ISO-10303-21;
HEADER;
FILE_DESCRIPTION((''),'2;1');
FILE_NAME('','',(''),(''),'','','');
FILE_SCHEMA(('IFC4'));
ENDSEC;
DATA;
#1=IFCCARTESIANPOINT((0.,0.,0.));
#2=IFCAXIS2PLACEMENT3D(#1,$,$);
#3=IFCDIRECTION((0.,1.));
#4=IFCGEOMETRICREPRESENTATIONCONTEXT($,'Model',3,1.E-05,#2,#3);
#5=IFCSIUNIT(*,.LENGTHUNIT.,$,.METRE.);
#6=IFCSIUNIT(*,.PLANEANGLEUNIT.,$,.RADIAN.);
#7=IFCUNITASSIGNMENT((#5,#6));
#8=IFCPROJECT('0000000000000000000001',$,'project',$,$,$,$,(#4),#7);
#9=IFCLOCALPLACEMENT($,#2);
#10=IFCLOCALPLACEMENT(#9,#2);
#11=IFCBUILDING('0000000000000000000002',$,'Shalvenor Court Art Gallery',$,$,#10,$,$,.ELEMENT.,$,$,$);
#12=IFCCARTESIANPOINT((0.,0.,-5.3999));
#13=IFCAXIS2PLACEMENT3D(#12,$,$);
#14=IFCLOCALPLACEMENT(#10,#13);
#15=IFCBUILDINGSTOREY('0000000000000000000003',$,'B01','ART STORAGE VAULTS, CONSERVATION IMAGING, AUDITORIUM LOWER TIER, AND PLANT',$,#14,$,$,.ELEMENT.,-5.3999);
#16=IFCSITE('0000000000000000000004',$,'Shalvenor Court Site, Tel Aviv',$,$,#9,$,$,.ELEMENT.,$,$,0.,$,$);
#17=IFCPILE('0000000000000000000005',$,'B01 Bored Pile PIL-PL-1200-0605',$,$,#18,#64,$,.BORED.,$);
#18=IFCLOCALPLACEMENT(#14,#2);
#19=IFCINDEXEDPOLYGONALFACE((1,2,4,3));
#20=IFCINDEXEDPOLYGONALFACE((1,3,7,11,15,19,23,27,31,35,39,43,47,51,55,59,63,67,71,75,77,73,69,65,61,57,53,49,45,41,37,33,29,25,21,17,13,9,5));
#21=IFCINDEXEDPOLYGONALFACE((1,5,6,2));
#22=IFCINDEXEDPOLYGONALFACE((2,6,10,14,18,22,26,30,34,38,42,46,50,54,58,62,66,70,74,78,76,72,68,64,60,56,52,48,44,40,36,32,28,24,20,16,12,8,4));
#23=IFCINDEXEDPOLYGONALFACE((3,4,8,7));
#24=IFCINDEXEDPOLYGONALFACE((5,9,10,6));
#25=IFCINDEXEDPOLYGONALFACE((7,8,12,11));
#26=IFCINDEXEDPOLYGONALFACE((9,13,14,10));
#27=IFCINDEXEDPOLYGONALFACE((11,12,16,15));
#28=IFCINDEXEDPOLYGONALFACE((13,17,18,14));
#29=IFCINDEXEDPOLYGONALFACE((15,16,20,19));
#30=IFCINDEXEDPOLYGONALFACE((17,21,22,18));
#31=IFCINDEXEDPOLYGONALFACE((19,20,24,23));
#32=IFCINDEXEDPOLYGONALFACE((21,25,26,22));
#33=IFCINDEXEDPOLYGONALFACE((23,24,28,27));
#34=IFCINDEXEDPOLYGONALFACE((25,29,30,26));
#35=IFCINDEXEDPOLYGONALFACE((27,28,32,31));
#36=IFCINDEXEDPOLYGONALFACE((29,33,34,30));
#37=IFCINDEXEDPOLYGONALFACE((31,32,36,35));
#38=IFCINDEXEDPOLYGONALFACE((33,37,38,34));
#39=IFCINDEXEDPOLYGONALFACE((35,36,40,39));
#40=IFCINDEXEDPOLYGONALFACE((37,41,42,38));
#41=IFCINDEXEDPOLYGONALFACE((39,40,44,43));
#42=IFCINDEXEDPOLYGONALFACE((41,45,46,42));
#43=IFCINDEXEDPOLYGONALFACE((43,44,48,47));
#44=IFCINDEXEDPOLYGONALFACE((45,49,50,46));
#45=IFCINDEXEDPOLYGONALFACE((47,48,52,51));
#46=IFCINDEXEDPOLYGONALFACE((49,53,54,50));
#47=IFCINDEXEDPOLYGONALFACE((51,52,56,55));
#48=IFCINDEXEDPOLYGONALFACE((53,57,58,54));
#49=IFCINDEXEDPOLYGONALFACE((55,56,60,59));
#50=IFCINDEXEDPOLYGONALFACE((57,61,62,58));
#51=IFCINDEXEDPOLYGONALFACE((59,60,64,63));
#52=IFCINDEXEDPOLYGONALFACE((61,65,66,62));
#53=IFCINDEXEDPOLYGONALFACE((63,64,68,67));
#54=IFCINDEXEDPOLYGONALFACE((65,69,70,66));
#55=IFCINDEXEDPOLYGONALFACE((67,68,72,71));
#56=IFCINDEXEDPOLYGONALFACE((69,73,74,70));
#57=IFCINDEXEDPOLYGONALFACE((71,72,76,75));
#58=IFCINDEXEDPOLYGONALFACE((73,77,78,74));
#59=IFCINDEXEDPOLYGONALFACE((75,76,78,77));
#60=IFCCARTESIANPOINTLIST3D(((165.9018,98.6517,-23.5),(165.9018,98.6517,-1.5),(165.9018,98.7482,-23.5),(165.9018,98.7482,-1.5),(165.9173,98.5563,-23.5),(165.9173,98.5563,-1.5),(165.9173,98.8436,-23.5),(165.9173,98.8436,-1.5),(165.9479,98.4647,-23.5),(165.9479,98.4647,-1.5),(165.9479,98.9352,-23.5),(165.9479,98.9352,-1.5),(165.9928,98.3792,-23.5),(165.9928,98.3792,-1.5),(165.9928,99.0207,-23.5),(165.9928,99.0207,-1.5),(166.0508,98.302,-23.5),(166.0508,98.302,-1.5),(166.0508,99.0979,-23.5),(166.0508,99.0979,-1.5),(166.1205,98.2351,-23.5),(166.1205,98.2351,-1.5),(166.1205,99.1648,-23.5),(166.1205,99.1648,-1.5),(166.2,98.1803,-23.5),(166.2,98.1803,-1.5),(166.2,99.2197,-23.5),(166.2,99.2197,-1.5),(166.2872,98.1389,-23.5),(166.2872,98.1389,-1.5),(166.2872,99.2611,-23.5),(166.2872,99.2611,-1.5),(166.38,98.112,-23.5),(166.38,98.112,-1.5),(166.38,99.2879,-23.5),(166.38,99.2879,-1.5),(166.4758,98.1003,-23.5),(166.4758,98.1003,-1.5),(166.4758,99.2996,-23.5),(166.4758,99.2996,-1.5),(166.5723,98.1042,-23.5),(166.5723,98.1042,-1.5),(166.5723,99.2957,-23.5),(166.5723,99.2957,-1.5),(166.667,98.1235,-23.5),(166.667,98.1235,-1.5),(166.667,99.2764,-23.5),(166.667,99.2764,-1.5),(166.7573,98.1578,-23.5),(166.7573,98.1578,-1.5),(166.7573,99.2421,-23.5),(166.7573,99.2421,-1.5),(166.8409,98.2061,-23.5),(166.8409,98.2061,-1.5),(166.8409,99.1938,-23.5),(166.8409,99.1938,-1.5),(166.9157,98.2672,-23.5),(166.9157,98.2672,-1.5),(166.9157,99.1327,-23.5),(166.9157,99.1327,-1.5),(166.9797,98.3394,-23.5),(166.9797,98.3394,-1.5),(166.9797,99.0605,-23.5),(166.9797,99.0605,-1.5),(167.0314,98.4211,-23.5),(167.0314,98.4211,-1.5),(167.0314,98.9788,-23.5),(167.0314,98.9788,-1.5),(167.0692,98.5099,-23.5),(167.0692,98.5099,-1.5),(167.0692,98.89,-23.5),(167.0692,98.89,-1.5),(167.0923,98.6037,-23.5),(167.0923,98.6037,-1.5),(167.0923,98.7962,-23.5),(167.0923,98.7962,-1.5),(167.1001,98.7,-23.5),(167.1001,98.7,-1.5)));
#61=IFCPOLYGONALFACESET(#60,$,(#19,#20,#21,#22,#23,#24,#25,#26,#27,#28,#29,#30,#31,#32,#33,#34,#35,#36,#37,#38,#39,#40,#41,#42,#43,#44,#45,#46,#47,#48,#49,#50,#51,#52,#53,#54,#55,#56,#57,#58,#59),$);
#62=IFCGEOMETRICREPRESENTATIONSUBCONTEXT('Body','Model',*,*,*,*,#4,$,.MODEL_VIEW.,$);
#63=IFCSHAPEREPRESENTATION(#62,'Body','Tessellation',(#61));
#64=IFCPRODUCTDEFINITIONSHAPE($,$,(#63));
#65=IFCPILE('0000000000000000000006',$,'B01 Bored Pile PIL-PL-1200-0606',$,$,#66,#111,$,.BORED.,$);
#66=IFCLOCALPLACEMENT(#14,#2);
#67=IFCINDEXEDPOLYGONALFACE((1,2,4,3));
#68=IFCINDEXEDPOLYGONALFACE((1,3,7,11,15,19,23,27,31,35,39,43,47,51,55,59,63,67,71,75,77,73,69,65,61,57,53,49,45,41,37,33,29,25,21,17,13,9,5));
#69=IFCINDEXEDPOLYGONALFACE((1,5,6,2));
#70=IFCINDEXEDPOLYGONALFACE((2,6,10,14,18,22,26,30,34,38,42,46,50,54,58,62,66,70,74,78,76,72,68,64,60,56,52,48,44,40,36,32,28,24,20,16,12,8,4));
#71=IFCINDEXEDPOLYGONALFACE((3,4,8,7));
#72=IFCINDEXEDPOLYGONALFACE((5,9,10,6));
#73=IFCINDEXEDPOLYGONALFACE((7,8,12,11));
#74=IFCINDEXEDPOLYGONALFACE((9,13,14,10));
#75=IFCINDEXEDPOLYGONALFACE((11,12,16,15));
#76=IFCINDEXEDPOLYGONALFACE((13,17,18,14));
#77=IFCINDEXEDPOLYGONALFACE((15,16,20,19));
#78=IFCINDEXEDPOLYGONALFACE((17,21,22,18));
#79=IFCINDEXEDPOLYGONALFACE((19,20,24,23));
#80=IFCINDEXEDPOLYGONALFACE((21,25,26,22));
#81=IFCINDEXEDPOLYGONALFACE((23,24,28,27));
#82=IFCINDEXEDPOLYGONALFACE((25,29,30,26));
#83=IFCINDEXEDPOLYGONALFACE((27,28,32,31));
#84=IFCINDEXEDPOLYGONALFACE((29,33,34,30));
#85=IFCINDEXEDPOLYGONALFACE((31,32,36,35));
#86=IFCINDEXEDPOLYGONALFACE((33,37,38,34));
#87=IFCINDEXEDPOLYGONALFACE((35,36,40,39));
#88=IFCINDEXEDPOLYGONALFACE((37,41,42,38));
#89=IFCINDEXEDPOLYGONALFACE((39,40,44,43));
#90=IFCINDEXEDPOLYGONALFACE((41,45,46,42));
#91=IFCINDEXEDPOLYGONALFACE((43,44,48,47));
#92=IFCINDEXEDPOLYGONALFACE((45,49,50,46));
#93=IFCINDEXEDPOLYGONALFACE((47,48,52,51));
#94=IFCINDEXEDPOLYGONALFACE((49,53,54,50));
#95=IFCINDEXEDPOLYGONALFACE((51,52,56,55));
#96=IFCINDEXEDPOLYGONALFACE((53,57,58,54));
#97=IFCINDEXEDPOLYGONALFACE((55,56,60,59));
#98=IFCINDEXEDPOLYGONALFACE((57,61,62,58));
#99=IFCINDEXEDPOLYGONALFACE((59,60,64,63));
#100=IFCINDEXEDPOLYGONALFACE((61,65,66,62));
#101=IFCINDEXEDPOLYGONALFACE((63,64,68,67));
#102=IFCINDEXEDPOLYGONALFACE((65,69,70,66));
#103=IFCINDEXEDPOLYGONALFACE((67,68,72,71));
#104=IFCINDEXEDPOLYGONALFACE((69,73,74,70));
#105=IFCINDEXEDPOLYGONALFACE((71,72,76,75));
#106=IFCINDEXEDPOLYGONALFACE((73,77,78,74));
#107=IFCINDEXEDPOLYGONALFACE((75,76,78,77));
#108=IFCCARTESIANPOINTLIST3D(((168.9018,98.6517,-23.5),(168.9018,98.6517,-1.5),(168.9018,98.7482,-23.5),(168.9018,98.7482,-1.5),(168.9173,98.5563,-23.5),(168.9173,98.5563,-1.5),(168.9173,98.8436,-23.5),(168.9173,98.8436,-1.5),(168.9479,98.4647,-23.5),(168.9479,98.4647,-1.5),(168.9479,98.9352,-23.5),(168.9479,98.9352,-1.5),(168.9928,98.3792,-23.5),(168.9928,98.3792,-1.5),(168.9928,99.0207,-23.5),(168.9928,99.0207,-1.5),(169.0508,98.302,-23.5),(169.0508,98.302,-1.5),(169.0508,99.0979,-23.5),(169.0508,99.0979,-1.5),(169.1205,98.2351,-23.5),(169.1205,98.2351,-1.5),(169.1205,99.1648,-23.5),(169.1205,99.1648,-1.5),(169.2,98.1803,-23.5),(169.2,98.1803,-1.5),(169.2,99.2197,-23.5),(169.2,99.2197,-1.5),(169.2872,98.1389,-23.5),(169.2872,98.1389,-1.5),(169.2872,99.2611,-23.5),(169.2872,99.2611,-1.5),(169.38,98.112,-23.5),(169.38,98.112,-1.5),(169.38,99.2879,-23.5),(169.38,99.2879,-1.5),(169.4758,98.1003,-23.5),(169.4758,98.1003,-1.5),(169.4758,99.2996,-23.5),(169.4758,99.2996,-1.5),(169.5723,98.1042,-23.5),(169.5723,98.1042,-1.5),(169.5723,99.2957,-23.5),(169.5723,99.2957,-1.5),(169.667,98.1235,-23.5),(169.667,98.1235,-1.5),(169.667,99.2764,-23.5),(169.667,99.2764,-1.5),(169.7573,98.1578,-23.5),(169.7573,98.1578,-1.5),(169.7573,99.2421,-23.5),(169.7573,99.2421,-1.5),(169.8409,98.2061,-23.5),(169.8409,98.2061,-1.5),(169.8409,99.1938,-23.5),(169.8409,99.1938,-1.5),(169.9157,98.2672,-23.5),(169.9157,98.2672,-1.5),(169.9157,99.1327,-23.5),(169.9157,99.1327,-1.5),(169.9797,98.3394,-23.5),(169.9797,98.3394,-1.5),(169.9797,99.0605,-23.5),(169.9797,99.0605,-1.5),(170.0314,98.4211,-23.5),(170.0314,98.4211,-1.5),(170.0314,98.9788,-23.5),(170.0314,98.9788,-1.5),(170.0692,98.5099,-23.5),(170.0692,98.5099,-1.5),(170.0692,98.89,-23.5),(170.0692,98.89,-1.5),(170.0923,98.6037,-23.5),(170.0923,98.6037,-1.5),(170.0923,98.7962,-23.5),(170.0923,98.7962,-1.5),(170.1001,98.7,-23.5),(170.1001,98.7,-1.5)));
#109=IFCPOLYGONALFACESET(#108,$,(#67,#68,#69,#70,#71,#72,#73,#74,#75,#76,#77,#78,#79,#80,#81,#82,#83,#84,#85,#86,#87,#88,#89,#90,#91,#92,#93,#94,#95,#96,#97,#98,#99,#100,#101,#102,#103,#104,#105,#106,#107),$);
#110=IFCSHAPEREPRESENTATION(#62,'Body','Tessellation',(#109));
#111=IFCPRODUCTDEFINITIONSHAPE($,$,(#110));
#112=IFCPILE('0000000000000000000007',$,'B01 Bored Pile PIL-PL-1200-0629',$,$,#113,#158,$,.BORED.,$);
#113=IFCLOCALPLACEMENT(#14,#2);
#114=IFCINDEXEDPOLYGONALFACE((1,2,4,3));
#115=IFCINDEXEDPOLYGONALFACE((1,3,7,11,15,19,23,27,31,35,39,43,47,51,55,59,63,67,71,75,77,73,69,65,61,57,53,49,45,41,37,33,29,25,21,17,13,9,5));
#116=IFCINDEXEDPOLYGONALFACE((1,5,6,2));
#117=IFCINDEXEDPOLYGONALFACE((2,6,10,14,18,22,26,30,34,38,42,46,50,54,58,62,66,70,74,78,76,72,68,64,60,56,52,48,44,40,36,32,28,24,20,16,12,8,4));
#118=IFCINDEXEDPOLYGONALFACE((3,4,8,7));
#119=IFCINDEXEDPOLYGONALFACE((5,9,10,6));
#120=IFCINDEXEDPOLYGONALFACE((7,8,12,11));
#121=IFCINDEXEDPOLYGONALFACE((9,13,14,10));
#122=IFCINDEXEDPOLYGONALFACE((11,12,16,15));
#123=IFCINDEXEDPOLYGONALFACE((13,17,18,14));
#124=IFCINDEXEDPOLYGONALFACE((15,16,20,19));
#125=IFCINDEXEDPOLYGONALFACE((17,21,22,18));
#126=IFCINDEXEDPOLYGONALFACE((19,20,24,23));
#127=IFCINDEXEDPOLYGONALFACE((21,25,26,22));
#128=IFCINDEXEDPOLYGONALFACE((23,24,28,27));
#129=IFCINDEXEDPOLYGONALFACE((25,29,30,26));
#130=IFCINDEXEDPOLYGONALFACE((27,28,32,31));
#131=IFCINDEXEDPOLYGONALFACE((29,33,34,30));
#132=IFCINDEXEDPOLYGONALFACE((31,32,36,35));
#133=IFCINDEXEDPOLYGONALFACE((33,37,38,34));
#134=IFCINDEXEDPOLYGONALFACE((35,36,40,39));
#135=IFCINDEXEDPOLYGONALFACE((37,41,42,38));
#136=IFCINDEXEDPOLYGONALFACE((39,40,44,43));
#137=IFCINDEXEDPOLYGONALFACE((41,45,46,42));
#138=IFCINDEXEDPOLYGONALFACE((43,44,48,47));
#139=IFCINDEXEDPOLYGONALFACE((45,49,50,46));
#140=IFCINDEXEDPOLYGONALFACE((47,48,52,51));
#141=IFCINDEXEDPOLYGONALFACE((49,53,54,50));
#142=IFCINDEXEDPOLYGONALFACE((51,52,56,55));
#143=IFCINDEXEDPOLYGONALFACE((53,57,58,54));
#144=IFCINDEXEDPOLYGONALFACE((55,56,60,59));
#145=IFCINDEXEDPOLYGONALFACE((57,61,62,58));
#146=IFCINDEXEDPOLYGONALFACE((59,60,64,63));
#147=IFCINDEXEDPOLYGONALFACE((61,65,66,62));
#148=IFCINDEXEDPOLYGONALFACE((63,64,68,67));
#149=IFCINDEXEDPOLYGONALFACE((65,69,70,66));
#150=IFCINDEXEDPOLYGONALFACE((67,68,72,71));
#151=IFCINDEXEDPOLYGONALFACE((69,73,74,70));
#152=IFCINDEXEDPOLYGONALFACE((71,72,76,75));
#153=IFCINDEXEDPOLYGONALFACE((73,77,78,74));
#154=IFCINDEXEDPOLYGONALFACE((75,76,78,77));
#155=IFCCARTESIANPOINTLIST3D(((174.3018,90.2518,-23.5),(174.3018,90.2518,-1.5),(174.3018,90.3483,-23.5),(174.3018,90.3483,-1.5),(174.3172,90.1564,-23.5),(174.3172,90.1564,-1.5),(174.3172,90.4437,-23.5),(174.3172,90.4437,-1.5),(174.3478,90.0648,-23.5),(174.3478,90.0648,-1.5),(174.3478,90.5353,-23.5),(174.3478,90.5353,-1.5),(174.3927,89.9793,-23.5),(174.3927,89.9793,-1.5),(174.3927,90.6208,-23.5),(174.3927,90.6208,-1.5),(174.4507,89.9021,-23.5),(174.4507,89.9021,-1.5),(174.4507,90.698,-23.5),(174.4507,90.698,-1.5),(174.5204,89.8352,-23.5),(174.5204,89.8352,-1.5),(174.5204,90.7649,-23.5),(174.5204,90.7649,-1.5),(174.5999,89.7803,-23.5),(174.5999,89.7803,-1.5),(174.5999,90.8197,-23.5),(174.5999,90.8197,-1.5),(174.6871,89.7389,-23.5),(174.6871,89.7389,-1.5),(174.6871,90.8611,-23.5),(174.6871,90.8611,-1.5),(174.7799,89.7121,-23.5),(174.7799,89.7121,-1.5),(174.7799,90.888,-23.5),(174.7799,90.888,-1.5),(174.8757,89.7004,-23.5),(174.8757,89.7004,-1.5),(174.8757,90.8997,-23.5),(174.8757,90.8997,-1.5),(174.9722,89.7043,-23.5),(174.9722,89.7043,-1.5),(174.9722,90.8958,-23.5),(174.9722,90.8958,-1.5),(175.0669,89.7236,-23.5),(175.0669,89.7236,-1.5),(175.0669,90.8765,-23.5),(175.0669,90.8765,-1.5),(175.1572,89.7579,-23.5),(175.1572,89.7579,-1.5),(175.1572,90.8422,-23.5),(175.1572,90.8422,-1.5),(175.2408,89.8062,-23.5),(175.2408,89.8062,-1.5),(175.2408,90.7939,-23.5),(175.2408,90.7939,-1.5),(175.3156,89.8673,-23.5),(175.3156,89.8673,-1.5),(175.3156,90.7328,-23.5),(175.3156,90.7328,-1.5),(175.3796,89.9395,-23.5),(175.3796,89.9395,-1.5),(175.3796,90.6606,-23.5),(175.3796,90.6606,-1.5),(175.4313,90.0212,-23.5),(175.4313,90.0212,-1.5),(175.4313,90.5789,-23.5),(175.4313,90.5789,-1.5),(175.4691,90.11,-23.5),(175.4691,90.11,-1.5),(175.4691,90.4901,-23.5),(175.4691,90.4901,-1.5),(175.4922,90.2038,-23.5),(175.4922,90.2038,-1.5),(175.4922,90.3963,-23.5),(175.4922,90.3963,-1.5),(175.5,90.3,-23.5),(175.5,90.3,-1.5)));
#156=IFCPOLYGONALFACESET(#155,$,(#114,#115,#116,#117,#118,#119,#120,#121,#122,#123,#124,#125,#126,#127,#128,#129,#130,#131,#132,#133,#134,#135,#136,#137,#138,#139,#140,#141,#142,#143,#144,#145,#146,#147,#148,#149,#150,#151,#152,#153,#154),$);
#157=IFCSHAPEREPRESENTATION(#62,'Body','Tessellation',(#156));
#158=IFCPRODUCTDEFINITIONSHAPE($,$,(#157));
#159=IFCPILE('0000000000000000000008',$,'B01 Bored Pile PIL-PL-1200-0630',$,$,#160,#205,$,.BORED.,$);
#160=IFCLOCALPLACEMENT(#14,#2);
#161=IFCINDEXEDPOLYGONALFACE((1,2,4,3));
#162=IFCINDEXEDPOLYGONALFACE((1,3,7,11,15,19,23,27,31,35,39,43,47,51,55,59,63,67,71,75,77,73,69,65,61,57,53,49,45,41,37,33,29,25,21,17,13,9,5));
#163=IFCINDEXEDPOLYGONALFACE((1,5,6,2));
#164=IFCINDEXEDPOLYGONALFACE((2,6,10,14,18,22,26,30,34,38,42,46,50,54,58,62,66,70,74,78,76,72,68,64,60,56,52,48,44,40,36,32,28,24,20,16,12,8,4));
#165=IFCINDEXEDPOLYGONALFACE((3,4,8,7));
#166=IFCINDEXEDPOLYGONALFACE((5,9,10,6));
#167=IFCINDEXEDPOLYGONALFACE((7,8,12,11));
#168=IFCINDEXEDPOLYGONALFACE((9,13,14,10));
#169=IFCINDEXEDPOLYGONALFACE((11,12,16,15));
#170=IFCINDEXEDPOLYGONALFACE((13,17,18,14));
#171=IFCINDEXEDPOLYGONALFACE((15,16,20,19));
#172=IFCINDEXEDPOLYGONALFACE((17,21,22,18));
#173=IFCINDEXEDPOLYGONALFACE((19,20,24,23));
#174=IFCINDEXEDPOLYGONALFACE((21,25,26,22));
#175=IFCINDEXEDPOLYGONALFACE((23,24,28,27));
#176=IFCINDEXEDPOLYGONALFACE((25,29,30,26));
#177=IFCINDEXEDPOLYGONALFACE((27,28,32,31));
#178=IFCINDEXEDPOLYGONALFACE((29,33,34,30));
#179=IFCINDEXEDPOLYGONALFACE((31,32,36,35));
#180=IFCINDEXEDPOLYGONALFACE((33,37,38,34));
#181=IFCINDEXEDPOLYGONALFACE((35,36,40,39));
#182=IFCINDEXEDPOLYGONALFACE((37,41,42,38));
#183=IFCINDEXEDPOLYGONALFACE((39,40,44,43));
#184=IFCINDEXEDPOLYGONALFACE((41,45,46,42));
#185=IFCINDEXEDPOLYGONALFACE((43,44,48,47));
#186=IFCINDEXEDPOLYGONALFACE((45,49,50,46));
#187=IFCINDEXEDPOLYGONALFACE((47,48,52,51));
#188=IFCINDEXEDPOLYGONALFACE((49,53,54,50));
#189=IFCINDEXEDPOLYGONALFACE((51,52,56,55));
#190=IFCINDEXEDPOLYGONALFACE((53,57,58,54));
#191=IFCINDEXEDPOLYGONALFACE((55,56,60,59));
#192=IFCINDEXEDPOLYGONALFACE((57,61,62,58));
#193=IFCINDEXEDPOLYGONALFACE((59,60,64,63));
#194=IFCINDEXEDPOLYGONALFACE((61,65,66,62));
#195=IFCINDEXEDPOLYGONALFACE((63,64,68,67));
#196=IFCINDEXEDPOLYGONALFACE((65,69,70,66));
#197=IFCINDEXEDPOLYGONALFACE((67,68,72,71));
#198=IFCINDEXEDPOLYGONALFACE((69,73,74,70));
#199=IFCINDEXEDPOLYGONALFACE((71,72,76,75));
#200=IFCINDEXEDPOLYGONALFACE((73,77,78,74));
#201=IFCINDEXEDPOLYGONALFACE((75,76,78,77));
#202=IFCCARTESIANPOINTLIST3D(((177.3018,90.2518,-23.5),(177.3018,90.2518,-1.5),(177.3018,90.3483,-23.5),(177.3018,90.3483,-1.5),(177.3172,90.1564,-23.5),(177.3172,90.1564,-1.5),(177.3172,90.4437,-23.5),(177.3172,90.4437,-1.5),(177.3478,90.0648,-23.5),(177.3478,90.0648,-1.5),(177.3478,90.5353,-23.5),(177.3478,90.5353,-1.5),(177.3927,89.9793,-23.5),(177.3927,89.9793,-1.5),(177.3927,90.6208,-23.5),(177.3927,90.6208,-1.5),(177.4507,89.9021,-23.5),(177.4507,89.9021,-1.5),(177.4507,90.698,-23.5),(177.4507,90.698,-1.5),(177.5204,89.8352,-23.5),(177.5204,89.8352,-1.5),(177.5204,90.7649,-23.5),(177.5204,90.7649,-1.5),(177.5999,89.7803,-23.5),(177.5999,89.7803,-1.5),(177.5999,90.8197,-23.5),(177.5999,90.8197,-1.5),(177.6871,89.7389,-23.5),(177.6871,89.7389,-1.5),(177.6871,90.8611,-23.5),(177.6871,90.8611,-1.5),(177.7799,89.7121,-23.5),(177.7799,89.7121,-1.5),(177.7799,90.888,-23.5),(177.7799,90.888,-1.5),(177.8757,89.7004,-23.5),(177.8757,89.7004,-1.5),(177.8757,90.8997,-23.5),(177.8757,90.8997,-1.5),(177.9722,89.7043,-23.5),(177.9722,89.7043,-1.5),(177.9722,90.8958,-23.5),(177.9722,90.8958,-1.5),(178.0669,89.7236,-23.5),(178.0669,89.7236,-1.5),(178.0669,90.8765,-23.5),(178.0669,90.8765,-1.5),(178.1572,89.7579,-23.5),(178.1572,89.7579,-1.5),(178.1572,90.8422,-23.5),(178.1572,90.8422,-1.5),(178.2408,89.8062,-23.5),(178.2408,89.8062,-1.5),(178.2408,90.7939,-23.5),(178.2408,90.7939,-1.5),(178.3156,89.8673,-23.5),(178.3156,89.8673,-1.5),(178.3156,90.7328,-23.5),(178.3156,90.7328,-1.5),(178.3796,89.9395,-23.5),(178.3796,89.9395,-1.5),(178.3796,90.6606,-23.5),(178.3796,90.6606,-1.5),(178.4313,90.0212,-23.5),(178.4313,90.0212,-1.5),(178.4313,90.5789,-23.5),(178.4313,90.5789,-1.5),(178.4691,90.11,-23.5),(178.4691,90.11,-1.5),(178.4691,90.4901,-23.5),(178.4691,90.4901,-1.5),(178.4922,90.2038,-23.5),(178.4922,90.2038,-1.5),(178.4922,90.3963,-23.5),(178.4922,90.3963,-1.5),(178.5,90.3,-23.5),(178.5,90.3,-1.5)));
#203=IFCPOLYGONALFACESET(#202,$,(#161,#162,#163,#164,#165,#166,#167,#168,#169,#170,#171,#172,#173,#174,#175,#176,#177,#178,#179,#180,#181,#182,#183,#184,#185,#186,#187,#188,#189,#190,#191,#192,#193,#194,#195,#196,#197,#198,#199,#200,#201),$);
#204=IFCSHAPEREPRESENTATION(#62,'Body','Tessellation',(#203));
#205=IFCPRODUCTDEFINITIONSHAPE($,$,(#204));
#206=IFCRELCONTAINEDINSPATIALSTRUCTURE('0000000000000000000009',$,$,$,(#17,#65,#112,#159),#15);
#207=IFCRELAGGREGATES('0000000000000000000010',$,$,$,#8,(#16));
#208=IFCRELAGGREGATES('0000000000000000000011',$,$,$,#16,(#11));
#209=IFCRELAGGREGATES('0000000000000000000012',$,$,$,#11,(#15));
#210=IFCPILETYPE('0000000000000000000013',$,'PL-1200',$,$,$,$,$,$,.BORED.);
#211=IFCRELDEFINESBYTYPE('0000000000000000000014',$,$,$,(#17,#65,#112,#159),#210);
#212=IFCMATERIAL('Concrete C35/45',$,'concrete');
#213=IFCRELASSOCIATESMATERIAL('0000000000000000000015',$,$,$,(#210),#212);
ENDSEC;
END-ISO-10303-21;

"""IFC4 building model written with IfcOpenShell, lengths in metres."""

from ifc_helpers import new_model, si_unit, direction, frame, origin, origin_2d, place, context, subcontext, project, spatial, circle, extrude, material, material_profile, profile_set, type_object, element, save


model = new_model("IFC4")

# Units and contexts
model_context = context("Model", 3, precision=1e-05, world=origin(), true_north=direction((0.0, 1.0)))
body_context = subcontext(model_context, "Body", "Model", "MODEL_VIEW")
ifc_project = project(units=[si_unit("LENGTHUNIT", "METRE"), si_unit("PLANEANGLEUNIT", "RADIAN")], contexts=[model_context])

# Site, building, storey
site_placement = place(None, origin())
site = spatial("IfcSite", under=ifc_project, at=site_placement, Name="Shalvenor Court Site, Tel Aviv", CompositionType="ELEMENT", RefElevation=0.0)
building_placement = place(site_placement, origin())
building = spatial("IfcBuilding", under=site, at=building_placement, Name="Shalvenor Court Art Gallery", CompositionType="ELEMENT")
storey_placement = place(building_placement, frame((0.0, 0.0, -5.3999)))
storey = spatial("IfcBuildingStorey", under=building, at=storey_placement, Name="B01", Description="ART STORAGE VAULTS, CONSERVATION IMAGING, AUDITORIUM LOWER TIER, AND PLANT", CompositionType="ELEMENT", Elevation=-5.3999)

# Piles
ifc_material_1 = material(Name="Concrete C35/45", Category="concrete")
ifc_material_profile_1 = material_profile(ifc_material_1, circle(Radius=0.6001, at=origin_2d()), Name="PILE 1200")
ifc_profile_set_1 = profile_set([ifc_material_profile_1], Name="Concrete C35/45")
pile_type = type_object("IfcPileType", Name="PL-1200", PredefinedType="BORED", material=ifc_profile_set_1)
for number, where, z_axis, x_axis, name in (
    (1, (166.5, 98.7, -1.5), (0.0, 0.0, -1.0), (1.0, 0.0, 0.0), "B01 Bored Pile PIL-PL-1200-0605"),
    (2, (169.5, 98.7, -1.5), (0.0, 0.0, -1.0), (1.0, 0.0, 0.0), "B01 Bored Pile PIL-PL-1200-0606"),
    (3, (174.8999, 90.3, -1.5), (0.0, 0.0, -1.0), (1.0, 0.0, 0.0), "B01 Bored Pile PIL-PL-1200-0629"),
    (4, (177.8999, 90.3, -1.5), (0.0, 0.0, -1.0), (1.0, 0.0, 0.0), "B01 Bored Pile PIL-PL-1200-0630"),
):
    element("IfcPile", number, at=place(storey_placement, frame(where, z_axis=z_axis, x_axis=x_axis)), inside=storey, type_object=pile_type, Name=name, PredefinedType="BORED", context=body_context, shape_type="SweptSolid", body=[
        extrude(circle(Radius=0.6001, at=origin_2d()), origin(), (0.0, 0.0, 1.0), 22.0),
    ])

save(model, "model.ifc")
